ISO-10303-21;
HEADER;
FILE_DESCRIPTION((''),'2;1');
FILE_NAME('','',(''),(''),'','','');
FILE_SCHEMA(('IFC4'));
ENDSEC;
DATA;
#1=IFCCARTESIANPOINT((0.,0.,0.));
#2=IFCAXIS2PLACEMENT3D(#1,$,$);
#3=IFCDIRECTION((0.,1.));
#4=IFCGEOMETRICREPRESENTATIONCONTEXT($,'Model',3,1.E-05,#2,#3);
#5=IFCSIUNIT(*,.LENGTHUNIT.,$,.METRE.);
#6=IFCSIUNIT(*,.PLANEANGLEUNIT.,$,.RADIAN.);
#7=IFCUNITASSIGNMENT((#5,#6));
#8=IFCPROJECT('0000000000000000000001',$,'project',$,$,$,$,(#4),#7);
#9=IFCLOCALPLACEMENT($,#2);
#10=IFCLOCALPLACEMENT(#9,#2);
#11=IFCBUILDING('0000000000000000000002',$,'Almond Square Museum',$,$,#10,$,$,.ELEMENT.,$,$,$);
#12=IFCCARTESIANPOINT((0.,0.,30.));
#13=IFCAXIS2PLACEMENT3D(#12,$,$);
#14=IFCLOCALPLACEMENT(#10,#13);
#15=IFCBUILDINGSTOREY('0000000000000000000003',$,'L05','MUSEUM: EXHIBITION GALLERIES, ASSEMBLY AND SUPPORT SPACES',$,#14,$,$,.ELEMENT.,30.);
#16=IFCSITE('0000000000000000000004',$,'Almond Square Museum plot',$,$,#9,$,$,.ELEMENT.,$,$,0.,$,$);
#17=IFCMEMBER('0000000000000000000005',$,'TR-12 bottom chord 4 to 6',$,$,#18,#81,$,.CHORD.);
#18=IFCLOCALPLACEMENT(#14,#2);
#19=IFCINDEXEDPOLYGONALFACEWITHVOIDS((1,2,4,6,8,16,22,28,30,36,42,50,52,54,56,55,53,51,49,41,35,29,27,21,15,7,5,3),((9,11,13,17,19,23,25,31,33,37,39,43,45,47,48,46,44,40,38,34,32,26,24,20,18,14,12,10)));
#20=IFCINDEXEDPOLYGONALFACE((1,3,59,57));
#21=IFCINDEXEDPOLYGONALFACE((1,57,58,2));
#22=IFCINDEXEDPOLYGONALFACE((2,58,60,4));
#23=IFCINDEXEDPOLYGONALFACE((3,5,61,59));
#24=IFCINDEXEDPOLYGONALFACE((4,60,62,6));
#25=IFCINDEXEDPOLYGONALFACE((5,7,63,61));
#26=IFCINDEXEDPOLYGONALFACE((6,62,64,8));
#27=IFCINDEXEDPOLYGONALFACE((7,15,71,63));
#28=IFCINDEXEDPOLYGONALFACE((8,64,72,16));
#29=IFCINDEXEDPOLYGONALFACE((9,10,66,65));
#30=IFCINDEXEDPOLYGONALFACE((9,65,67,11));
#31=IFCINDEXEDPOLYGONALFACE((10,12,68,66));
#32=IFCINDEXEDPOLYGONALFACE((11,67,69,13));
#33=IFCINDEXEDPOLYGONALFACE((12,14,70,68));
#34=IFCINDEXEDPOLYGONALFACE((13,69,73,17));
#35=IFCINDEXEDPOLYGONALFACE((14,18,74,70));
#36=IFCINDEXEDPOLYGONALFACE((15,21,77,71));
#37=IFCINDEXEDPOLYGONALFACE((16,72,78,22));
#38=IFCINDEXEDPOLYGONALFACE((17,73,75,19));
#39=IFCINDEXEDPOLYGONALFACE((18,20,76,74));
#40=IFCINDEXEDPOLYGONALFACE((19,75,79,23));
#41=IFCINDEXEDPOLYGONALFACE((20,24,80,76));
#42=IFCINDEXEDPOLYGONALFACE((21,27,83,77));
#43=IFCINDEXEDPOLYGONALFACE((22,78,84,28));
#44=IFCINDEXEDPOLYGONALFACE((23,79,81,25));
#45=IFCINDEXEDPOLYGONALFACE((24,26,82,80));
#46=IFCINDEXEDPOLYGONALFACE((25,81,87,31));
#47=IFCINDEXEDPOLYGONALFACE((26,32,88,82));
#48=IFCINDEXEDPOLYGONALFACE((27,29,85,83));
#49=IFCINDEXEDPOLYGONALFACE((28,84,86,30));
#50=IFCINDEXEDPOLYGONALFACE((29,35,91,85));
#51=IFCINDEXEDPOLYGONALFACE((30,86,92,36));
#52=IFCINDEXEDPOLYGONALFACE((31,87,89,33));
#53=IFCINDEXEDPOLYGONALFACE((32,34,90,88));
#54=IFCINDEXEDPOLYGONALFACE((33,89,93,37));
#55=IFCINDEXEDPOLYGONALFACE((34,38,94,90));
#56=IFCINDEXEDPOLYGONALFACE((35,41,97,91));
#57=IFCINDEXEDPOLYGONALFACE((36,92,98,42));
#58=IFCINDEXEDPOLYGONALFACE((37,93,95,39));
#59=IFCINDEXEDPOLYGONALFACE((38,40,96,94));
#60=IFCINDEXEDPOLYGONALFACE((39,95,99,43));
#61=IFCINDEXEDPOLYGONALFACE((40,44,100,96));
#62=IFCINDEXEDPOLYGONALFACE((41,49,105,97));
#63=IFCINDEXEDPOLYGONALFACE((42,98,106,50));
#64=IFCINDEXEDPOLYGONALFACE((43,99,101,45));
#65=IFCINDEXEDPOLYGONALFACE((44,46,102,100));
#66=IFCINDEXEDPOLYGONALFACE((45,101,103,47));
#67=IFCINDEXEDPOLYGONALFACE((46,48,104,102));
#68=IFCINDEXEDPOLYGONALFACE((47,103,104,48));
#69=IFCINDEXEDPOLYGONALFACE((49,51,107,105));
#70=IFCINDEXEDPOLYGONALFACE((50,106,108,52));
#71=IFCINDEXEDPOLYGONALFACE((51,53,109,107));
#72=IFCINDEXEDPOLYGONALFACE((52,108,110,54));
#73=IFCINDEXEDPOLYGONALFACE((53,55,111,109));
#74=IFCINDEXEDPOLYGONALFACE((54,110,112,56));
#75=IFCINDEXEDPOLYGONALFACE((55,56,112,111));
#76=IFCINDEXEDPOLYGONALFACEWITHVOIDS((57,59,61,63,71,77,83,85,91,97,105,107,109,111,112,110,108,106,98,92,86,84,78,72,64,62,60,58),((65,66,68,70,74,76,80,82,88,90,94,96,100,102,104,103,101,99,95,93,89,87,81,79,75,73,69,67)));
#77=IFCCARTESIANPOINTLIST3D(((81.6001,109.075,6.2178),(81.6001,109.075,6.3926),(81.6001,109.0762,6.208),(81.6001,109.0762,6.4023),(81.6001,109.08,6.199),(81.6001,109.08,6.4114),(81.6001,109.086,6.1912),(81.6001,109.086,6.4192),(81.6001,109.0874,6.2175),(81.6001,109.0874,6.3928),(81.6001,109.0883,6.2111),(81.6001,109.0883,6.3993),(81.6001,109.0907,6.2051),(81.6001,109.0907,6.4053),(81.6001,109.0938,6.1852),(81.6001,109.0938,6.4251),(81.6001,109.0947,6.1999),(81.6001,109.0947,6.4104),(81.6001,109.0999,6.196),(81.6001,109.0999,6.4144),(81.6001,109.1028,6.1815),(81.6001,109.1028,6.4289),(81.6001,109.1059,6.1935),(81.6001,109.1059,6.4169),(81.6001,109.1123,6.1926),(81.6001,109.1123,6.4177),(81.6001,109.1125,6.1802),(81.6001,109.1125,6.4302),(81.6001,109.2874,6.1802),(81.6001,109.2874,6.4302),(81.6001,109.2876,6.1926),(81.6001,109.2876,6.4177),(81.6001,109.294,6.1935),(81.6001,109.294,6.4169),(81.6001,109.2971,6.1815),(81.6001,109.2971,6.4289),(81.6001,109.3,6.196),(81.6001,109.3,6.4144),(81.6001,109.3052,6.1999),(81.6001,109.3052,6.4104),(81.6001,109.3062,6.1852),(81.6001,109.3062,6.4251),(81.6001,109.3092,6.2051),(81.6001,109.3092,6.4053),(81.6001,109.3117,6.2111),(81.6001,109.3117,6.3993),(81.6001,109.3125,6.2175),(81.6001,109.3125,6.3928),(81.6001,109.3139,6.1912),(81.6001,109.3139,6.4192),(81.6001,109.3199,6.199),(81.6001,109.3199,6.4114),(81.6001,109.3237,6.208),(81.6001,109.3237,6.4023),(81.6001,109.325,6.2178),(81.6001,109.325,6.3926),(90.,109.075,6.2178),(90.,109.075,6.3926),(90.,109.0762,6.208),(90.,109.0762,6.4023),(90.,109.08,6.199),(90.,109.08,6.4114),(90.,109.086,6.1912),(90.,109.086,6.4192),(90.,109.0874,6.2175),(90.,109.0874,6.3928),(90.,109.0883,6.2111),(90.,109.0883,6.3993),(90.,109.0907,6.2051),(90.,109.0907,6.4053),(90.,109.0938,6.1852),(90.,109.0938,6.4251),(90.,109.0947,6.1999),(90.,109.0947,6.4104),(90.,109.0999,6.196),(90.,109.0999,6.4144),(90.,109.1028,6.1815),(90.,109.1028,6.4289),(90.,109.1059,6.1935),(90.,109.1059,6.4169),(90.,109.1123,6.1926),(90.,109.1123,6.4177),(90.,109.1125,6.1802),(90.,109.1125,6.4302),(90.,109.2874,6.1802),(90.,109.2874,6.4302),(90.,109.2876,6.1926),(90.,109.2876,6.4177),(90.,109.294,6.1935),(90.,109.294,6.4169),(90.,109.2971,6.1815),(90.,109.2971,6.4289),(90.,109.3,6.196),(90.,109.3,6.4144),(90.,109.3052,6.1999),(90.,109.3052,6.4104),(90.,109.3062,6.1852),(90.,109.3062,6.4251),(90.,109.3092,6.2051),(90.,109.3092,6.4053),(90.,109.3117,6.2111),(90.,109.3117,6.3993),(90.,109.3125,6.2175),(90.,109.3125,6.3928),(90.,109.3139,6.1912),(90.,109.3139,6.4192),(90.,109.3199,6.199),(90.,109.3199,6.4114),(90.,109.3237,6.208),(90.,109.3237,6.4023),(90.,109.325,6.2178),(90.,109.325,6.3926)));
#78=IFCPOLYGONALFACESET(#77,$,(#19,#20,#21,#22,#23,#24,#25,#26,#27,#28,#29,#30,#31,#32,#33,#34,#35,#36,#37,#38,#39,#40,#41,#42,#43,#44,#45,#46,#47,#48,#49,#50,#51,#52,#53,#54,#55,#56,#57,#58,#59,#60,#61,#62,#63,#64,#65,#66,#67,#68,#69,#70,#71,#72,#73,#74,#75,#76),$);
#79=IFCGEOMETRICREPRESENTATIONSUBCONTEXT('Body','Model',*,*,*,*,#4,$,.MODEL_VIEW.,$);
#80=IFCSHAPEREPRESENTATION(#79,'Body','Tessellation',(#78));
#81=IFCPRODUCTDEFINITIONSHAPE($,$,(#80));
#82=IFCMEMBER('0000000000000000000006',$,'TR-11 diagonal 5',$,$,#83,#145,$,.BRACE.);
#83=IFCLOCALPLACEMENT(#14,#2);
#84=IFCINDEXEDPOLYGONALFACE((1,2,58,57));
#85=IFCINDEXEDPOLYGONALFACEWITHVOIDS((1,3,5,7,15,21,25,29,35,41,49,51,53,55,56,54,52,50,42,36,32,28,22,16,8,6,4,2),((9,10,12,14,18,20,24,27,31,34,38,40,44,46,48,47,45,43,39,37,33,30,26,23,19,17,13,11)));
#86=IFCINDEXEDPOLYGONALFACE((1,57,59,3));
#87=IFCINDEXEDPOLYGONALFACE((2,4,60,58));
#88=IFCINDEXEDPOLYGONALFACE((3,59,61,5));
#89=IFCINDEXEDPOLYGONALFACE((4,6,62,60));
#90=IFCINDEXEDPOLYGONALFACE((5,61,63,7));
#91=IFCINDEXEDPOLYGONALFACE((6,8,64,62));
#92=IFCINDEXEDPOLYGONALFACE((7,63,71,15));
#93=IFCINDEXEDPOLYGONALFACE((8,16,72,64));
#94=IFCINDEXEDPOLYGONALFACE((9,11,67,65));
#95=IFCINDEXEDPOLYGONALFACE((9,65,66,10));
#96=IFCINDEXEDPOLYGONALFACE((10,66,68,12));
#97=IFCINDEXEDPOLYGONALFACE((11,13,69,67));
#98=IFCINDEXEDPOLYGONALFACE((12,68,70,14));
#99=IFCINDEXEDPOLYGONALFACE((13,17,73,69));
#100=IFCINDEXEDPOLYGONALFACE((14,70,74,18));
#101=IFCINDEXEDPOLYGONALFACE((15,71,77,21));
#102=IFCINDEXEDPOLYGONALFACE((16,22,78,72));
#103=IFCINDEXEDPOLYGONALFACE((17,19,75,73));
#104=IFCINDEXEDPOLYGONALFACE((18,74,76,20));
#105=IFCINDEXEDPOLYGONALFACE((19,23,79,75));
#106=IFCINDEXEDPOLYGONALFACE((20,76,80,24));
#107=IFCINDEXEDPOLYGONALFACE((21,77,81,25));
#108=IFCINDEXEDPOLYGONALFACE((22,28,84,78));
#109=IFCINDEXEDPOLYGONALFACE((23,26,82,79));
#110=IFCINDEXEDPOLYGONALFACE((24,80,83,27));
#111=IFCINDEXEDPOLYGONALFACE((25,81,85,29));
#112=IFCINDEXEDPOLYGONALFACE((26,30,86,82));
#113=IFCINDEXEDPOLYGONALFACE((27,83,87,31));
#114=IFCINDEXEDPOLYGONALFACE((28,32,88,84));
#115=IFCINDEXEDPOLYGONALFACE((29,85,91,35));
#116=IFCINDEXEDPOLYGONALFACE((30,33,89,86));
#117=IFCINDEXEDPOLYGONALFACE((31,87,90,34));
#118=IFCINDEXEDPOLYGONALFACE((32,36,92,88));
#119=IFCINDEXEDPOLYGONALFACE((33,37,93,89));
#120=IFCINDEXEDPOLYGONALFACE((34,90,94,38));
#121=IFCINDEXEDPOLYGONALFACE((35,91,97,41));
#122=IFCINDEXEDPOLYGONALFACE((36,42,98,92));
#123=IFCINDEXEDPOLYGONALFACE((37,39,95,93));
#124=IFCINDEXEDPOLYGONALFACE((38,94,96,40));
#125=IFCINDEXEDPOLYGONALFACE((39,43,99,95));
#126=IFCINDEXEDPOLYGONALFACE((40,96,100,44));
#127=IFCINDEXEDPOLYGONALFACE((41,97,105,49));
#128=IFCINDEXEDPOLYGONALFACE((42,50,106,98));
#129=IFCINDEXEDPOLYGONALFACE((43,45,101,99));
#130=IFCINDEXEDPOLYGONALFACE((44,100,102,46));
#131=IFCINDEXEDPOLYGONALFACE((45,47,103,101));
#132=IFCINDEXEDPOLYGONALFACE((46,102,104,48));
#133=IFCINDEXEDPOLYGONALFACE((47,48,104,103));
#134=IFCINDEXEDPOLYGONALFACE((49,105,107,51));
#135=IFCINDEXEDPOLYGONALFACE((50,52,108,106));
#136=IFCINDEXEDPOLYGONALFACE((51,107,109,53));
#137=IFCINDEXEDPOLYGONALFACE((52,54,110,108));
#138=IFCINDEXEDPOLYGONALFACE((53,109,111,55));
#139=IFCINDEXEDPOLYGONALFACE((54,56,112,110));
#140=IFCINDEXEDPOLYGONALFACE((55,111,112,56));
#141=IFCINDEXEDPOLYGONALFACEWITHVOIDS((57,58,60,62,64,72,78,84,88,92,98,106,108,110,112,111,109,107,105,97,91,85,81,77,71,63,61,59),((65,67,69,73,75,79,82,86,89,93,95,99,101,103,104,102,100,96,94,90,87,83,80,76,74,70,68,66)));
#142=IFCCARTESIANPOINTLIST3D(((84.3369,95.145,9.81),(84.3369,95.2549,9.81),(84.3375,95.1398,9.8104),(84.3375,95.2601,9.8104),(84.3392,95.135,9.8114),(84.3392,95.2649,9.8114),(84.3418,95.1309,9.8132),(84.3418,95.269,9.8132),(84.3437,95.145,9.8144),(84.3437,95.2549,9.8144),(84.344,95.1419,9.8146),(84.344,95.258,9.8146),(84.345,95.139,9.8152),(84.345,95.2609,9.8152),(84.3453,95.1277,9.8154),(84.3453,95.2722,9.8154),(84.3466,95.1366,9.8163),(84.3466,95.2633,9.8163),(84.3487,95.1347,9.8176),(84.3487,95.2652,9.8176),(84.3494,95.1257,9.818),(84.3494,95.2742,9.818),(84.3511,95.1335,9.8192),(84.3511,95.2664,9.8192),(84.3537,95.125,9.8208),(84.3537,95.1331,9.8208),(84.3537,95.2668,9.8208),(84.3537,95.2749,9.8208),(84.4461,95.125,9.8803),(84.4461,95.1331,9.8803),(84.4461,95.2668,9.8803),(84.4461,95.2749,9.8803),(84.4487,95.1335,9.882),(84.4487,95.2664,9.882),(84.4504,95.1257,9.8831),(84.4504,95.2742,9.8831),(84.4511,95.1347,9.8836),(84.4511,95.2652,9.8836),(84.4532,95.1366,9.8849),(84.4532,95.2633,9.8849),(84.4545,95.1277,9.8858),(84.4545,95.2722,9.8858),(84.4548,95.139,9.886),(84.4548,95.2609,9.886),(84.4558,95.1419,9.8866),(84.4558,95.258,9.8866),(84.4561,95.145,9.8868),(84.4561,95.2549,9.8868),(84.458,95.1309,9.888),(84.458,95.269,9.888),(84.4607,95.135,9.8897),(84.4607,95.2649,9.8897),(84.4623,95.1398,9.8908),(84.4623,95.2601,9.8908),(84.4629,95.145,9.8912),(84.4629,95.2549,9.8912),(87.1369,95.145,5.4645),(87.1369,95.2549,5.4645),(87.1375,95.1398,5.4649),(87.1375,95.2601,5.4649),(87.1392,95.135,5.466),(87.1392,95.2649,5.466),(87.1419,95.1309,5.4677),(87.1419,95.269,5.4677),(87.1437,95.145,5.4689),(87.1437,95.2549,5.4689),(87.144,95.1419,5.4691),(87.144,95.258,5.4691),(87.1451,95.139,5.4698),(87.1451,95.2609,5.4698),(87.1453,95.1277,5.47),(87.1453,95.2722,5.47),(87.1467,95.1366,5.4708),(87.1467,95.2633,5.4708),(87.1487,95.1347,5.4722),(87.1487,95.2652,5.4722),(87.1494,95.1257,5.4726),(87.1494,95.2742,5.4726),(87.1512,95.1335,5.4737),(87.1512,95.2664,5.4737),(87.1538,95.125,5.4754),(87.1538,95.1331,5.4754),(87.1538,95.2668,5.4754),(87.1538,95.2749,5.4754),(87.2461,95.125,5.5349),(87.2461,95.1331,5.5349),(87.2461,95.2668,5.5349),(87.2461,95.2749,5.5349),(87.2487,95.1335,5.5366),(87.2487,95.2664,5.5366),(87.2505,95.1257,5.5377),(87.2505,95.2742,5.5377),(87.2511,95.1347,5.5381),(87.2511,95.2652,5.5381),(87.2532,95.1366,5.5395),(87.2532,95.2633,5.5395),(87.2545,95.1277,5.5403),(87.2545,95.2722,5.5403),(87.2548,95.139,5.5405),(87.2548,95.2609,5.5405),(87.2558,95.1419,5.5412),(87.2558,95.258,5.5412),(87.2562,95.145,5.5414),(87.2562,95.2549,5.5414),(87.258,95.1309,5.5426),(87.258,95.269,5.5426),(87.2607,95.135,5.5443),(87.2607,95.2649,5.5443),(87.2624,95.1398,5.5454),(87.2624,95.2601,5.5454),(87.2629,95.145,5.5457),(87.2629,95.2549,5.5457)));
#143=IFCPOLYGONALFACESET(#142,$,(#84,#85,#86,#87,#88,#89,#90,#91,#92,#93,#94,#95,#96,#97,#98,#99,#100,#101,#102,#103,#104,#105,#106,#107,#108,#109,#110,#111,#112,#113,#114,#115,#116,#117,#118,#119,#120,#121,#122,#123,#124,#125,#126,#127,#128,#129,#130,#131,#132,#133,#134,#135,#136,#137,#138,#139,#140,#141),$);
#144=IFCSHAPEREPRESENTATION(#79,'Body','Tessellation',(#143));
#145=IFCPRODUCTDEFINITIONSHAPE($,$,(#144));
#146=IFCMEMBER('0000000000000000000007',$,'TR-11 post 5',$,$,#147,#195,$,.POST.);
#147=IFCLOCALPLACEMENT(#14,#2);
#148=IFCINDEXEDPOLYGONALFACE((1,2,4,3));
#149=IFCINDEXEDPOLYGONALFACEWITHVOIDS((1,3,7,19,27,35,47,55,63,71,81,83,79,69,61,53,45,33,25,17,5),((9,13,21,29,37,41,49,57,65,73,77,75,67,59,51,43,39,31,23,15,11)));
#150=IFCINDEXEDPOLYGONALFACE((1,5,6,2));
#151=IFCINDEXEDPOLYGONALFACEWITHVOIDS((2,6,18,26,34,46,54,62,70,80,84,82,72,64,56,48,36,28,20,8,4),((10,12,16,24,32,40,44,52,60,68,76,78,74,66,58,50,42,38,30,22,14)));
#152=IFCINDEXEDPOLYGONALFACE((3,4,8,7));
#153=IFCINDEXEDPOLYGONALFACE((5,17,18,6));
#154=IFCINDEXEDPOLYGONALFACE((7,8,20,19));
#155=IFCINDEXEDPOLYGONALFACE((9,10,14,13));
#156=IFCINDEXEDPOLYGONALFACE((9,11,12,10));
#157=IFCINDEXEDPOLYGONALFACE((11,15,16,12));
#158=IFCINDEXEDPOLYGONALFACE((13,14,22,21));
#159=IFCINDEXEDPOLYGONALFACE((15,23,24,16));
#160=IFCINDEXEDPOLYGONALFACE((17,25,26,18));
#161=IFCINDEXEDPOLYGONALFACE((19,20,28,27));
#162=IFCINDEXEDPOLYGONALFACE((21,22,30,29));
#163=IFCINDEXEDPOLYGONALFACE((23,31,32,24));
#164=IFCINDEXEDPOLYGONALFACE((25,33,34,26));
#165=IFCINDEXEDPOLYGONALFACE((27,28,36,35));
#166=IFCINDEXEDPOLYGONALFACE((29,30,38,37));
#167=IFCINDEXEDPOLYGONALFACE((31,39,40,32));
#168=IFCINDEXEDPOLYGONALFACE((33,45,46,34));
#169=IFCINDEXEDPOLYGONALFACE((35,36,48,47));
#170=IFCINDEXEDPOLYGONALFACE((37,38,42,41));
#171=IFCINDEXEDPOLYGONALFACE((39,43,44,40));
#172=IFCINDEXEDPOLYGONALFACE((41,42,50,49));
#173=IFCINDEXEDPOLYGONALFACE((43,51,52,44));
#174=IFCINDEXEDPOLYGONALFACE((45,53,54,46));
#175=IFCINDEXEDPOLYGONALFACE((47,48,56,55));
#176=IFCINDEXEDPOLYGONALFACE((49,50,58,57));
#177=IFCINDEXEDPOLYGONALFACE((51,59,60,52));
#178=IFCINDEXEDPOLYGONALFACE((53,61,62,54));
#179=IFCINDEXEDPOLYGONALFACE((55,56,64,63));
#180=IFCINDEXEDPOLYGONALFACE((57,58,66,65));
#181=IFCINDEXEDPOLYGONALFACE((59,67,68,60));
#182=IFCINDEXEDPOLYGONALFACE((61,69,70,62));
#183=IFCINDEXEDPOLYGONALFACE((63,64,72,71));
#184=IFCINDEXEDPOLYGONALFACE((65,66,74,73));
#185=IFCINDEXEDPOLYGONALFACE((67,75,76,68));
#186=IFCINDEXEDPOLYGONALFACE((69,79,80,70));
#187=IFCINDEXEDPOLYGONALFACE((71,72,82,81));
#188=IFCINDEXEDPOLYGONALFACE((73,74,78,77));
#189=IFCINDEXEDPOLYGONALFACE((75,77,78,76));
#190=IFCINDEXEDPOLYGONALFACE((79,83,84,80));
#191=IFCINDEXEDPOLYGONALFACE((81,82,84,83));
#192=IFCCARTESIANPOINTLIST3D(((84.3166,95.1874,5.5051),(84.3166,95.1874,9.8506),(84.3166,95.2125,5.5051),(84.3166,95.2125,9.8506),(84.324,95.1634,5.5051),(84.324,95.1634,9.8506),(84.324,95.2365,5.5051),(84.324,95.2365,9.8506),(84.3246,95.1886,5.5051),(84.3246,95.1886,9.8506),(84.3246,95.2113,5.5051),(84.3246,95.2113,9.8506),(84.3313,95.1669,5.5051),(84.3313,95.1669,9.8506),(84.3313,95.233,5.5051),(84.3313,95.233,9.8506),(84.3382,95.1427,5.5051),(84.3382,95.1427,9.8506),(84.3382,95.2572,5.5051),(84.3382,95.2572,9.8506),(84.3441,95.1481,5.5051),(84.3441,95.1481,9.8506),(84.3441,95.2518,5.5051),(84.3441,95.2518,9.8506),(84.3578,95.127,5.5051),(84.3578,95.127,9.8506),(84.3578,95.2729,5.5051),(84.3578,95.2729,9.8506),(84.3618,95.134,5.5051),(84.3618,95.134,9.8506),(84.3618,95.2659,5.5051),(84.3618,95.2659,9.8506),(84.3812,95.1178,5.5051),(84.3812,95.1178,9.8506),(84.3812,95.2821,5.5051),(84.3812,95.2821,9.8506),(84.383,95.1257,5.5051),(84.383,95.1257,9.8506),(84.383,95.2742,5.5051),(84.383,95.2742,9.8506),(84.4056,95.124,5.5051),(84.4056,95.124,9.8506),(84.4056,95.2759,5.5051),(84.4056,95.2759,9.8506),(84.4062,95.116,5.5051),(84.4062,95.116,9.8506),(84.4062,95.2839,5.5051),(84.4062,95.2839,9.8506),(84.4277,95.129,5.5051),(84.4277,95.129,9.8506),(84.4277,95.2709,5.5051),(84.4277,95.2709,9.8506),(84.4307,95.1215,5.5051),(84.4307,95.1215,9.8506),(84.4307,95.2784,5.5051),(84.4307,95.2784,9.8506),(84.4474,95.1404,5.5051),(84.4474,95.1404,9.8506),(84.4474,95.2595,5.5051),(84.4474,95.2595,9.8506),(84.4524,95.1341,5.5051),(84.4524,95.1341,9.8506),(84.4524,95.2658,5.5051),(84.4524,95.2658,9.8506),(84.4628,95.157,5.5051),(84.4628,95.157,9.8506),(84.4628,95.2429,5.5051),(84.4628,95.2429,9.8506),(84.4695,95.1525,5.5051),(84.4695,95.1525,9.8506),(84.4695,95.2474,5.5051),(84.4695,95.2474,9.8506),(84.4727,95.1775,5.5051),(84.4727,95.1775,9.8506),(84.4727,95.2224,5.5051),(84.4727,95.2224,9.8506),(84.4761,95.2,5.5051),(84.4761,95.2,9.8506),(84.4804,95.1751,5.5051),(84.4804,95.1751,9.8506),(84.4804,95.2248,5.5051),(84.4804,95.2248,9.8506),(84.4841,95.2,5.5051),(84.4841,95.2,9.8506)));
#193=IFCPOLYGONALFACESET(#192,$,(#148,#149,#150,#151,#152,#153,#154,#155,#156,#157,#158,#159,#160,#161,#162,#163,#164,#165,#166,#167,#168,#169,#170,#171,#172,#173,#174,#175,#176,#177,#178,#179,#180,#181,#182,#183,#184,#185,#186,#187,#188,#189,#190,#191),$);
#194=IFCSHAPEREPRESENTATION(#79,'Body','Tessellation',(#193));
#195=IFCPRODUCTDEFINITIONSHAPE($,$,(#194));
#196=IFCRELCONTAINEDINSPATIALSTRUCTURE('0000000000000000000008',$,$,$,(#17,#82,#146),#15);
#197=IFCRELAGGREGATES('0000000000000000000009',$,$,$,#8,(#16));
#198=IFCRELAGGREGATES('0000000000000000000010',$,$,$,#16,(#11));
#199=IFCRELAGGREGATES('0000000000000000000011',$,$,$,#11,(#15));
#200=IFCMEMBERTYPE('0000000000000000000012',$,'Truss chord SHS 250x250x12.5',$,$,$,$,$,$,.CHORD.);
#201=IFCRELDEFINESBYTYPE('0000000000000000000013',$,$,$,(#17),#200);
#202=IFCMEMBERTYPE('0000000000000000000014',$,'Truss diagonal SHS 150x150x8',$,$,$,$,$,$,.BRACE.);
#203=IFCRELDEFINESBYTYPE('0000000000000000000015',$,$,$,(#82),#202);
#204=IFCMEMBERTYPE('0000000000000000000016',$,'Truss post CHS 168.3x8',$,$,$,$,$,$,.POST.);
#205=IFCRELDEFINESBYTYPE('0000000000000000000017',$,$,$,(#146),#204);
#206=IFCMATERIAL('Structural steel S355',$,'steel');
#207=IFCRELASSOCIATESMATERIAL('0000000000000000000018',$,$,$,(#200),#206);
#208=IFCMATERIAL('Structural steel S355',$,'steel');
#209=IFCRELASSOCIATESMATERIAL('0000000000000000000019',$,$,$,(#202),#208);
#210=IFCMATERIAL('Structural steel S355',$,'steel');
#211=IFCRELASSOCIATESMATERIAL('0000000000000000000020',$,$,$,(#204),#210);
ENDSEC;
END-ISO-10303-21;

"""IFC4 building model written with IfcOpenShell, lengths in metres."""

from ifc_helpers import new_model, si_unit, direction, frame, origin, origin_2d, place, context, subcontext, project, spatial, hollow_rectangle, hollow_circle, extrude, material, material_profile, profile_set, type_object, element, save


model = new_model("IFC4")

# Units and contexts
model_context = context("Model", 3, precision=1e-05, world=origin(), true_north=direction((0.0, 1.0)))
body_context = subcontext(model_context, "Body", "Model", "MODEL_VIEW")
ifc_project = project(units=[si_unit("LENGTHUNIT", "METRE"), si_unit("PLANEANGLEUNIT", "RADIAN")], contexts=[model_context])

# Site, building, storey
site_placement = place(None, origin())
site = spatial("IfcSite", under=ifc_project, at=site_placement, Name="Almond Square Museum plot", CompositionType="ELEMENT", RefElevation=0.0)
building_placement = place(site_placement, origin())
building = spatial("IfcBuilding", under=site, at=building_placement, Name="Almond Square Museum", CompositionType="ELEMENT")
storey_placement = place(building_placement, frame((0.0, 0.0, 30.0)))
storey = spatial("IfcBuildingStorey", under=building, at=storey_placement, Name="L05", Description="MUSEUM: EXHIBITION GALLERIES, ASSEMBLY AND SUPPORT SPACES", CompositionType="ELEMENT", Elevation=30.0)

# Members
ifc_material_1 = material(Name="Structural steel S355", Category="steel")
ifc_material_profile_1 = material_profile(ifc_material_1, hollow_rectangle(XDim=0.25, YDim=0.25, WallThickness=0.0125, InnerFilletRadius=0.0249, OuterFilletRadius=0.0376, at=origin_2d()))
ifc_profile_set_1 = profile_set([ifc_material_profile_1], Name="Structural steel S355")
member_type_1 = type_object("IfcMemberType", Name="Truss chord SHS 250x250x12.5", PredefinedType="CHORD", material=ifc_profile_set_1)
member_1_placement = place(storey_placement, frame((81.6001, 109.2, 6.3052), z_axis=(1.0, 0.0, 0.0), x_axis=(0.0, 1.0, 0.0)))
element("IfcMember", 1, at=member_1_placement, inside=storey, type_object=member_type_1, Name="TR-12 bottom chord 4 to 6", PredefinedType="CHORD", context=body_context, shape_type="SweptSolid", body=[
    extrude(hollow_rectangle(XDim=0.25, YDim=0.25, WallThickness=0.0125, InnerFilletRadius=0.0249, OuterFilletRadius=0.0376, at=origin_2d()), origin(), (0.0, 0.0, 1.0), 8.3999),
])
ifc_material_2 = material(Name="Structural steel S355", Category="steel")
ifc_material_profile_2 = material_profile(ifc_material_2, hollow_rectangle(XDim=0.1499, YDim=0.1499, WallThickness=0.0081, InnerFilletRadius=0.012, OuterFilletRadius=0.02, at=origin_2d()))
ifc_profile_set_2 = profile_set([ifc_material_profile_2], Name="Structural steel S355")
member_type_2 = type_object("IfcMemberType", Name="Truss diagonal SHS 150x150x8", PredefinedType="BRACE", material=ifc_profile_set_2)
member_2_placement = place(storey_placement, frame((84.3999, 95.2, 9.8506), z_axis=(0.541652, 0.0, -0.840603), x_axis=(0.0, 1.0, 0.0)))
element("IfcMember", 2, at=member_2_placement, inside=storey, type_object=member_type_2, Name="TR-11 diagonal 5", PredefinedType="BRACE", context=body_context, shape_type="SweptSolid", body=[
    extrude(hollow_rectangle(XDim=0.1499, YDim=0.1499, WallThickness=0.0081, InnerFilletRadius=0.012, OuterFilletRadius=0.02, at=origin_2d()), origin(), (0.0, 0.0, 1.0), 5.1694),
])
ifc_material_3 = material(Name="Structural steel S355", Category="steel")
ifc_material_profile_3 = material_profile(ifc_material_3, hollow_circle(Radius=0.0842, WallThickness=0.0081, at=origin_2d()))
ifc_profile_set_3 = profile_set([ifc_material_profile_3], Name="Structural steel S355")
member_type_3 = type_object("IfcMemberType", Name="Truss post CHS 168.3x8", PredefinedType="POST", material=ifc_profile_set_3)
member_3_placement = place(storey_placement, frame((84.3999, 95.2, 5.5051), z_axis=(0.0, 0.0, 1.0), x_axis=(1.0, 0.0, 0.0)))
element("IfcMember", 3, at=member_3_placement, inside=storey, type_object=member_type_3, Name="TR-11 post 5", PredefinedType="POST", context=body_context, shape_type="SweptSolid", body=[
    extrude(hollow_circle(Radius=0.0842, WallThickness=0.0081, at=origin_2d()), origin(), (0.0, 0.0, 1.0), 4.3455),
])

save(model, "model.ifc")
